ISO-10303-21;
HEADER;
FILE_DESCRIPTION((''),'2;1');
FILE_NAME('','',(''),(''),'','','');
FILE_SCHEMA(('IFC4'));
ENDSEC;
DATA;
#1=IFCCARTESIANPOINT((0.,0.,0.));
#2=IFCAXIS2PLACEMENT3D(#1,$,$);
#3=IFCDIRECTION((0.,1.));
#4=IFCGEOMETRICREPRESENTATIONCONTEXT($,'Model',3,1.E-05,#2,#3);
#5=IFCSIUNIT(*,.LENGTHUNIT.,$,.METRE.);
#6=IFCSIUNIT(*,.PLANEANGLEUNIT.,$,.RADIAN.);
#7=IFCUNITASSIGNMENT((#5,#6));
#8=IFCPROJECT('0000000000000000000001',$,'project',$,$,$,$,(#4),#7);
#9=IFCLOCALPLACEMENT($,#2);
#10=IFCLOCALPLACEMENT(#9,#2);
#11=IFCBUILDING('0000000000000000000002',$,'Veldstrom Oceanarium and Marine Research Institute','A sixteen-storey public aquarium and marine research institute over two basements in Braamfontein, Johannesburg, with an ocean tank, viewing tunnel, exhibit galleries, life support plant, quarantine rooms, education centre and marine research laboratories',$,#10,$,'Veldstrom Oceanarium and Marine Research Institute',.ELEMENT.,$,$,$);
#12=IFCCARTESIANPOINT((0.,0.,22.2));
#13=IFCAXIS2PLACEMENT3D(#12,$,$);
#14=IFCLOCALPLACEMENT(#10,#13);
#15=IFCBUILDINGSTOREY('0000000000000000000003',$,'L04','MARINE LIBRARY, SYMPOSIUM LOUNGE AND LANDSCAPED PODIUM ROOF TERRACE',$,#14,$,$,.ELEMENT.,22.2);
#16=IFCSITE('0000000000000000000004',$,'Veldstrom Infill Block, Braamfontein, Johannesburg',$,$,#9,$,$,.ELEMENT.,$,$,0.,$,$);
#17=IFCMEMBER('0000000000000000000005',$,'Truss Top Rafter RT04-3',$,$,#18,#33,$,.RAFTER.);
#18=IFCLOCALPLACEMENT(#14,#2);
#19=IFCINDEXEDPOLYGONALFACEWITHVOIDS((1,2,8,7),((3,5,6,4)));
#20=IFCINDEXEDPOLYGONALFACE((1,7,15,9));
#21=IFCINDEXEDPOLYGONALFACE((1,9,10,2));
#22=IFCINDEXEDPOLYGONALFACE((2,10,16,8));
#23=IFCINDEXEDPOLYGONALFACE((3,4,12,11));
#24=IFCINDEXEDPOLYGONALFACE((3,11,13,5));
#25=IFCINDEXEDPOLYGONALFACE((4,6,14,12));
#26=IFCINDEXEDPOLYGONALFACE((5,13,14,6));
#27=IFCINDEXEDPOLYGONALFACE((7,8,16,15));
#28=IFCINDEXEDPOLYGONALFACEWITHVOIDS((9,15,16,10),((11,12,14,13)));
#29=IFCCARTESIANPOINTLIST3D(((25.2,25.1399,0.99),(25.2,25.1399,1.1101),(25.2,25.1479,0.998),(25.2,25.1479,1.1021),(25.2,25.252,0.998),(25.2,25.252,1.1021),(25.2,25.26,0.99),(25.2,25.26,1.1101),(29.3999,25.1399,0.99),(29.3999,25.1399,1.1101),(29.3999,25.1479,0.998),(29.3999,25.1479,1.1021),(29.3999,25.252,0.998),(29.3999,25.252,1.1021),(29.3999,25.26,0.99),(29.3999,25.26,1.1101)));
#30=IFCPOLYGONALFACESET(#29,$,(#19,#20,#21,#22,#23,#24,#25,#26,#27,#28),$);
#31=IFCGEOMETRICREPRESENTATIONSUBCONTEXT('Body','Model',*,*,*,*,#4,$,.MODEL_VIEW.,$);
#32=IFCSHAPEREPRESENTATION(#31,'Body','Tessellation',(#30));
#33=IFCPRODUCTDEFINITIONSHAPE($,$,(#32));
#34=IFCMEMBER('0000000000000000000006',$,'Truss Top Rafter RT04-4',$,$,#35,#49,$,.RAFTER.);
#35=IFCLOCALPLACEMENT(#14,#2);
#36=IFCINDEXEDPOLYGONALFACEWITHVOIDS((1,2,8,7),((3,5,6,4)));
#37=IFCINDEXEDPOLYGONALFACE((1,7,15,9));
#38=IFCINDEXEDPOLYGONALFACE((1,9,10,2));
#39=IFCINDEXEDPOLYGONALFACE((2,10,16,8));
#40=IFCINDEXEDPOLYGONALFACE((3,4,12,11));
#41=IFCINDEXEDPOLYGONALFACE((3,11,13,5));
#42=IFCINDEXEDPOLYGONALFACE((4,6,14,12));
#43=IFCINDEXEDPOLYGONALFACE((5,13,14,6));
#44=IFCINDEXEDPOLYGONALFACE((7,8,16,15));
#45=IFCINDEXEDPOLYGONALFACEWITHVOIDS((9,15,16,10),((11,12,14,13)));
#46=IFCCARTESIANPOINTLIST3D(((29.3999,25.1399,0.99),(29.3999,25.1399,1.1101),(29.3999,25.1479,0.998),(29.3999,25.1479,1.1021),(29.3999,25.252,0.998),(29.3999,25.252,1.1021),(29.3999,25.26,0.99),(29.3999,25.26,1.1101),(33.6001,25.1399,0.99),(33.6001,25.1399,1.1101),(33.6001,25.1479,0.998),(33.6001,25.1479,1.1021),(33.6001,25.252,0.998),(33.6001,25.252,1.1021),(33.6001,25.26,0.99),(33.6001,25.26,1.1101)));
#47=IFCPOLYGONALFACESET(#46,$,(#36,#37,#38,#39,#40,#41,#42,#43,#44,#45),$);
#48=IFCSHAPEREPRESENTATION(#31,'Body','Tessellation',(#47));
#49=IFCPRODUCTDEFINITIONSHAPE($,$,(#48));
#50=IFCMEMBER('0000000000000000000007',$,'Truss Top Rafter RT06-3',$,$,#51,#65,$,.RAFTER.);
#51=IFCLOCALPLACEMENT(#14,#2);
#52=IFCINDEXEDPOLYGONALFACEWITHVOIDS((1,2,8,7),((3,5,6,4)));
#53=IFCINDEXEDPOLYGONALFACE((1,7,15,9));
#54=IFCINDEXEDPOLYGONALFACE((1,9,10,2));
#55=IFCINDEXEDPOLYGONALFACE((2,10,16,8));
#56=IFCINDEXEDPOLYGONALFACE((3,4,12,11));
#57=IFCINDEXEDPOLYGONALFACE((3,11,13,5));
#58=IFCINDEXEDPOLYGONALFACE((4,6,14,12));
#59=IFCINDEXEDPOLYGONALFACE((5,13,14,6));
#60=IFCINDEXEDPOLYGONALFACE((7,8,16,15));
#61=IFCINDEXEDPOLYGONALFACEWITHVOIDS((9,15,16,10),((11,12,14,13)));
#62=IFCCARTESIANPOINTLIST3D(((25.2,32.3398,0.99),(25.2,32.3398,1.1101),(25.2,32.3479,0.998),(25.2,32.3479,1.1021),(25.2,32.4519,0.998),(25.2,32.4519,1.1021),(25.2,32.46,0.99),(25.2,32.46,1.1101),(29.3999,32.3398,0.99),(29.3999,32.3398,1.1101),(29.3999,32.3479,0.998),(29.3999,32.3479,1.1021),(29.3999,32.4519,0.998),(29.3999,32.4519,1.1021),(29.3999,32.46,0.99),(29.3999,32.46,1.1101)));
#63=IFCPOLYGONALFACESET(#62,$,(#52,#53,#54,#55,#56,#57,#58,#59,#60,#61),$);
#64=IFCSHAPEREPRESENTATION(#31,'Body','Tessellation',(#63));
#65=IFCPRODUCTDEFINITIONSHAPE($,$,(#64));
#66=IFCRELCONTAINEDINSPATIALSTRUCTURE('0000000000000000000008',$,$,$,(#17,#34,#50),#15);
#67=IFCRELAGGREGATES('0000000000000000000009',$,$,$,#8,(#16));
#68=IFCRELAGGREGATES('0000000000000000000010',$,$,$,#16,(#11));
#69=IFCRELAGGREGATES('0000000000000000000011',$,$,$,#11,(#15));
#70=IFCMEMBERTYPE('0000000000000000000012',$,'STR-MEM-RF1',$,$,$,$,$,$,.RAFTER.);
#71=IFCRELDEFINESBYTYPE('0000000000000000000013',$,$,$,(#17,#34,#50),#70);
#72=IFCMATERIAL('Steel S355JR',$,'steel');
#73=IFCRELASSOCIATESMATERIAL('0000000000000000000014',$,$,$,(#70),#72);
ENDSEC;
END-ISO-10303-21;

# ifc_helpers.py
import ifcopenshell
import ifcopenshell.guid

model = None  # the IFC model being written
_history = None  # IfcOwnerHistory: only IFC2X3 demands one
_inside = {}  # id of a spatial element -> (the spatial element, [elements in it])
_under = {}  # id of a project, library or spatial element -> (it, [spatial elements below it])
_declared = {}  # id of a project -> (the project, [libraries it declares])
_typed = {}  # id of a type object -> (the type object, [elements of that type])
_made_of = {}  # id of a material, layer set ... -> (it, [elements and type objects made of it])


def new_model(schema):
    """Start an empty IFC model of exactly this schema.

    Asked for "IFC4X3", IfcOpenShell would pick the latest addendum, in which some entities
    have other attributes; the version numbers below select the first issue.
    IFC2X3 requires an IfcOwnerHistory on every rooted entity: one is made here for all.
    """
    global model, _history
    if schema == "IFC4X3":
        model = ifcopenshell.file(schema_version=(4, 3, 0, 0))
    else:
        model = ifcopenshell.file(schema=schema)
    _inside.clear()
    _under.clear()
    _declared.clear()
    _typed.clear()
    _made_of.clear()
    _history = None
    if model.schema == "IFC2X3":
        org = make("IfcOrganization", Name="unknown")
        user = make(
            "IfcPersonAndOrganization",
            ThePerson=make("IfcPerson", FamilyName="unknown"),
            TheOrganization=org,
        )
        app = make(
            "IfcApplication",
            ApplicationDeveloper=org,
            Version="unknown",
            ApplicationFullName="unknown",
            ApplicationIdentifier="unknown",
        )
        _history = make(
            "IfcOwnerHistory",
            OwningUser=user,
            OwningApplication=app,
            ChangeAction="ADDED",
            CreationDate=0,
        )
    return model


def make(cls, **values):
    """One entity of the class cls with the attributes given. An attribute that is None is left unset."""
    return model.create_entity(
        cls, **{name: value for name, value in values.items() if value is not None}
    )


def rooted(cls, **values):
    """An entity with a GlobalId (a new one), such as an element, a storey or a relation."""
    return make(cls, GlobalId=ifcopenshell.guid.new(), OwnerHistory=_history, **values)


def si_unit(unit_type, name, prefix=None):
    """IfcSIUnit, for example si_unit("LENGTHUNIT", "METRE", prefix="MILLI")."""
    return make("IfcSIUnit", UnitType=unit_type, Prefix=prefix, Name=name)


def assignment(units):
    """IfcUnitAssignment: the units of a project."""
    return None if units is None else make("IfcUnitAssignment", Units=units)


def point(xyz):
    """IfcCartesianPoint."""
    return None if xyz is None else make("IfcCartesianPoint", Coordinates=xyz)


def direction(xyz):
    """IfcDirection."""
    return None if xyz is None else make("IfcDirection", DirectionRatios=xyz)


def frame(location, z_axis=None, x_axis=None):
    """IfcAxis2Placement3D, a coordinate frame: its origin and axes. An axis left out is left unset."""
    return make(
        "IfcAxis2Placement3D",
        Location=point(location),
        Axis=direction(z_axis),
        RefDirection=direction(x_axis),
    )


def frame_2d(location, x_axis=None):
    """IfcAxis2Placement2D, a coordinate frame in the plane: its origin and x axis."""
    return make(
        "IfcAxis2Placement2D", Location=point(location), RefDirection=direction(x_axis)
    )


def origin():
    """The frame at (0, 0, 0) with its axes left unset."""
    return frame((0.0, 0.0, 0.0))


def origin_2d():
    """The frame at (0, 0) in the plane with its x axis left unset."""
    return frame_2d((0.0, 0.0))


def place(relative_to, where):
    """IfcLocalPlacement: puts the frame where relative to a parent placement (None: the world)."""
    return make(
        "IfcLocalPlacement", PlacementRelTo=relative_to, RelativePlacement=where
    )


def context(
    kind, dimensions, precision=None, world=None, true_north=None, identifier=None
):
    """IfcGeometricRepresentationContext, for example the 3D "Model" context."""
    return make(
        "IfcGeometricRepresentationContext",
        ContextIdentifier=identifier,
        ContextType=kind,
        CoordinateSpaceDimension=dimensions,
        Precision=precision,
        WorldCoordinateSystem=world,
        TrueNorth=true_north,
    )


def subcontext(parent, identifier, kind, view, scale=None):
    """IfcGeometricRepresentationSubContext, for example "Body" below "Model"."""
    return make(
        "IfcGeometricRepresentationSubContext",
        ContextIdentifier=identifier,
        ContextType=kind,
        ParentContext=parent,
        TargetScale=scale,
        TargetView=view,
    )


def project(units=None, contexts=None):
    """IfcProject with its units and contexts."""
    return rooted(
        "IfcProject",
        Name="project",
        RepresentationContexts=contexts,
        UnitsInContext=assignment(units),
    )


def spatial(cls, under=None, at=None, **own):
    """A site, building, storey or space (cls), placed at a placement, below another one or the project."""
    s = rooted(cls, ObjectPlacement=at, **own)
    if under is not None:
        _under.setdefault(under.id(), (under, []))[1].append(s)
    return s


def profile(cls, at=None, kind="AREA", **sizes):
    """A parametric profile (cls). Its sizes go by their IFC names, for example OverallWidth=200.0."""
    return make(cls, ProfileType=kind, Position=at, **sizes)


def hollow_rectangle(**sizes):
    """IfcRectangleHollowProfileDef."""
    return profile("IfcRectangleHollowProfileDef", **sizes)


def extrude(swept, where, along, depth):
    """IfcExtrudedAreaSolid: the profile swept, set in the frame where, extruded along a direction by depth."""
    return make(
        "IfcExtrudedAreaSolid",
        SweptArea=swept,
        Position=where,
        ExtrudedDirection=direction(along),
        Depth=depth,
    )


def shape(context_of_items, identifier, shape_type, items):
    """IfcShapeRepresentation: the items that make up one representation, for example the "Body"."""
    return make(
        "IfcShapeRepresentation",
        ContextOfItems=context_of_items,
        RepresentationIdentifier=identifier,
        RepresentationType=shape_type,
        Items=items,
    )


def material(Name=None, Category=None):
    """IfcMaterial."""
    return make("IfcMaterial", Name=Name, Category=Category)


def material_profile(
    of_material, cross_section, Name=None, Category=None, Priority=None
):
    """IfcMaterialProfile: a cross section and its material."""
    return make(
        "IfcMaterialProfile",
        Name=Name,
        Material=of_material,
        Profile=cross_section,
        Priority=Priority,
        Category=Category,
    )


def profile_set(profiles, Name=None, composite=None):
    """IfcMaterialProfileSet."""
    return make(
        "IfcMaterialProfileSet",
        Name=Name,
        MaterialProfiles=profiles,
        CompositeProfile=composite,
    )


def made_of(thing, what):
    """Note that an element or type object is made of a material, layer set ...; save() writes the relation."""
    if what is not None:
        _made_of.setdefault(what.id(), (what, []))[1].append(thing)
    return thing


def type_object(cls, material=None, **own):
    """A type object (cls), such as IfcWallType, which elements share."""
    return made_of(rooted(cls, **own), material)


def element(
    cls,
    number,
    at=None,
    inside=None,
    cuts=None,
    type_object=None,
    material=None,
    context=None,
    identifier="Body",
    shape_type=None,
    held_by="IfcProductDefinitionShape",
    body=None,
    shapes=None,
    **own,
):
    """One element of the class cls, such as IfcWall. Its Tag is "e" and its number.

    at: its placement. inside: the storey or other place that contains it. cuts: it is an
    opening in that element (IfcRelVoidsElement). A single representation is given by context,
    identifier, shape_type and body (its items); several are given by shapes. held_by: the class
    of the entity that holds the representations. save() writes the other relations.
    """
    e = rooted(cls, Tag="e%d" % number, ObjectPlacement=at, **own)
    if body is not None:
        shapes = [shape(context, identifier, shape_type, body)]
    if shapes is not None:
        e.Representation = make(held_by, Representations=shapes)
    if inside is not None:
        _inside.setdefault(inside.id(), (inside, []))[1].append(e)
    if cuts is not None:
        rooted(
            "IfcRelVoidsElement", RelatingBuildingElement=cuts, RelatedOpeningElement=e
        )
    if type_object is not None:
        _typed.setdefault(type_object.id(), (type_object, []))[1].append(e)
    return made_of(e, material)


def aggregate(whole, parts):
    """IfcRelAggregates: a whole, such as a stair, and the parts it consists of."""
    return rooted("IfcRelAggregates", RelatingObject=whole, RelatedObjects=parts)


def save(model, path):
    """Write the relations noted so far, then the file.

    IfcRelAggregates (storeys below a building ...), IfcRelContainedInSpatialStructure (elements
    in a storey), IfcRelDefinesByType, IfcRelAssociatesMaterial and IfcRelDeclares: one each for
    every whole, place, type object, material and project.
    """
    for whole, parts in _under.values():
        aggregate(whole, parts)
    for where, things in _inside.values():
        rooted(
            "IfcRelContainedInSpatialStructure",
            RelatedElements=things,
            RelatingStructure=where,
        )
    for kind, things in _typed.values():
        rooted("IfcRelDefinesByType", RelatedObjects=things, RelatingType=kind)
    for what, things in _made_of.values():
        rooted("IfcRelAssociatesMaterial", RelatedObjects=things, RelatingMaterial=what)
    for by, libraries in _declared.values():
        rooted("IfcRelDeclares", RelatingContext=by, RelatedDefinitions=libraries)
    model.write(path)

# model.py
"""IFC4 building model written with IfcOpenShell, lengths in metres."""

from ifc_helpers import new_model, si_unit, direction, frame, origin, origin_2d, place, context, subcontext, project, spatial, hollow_rectangle, extrude, material, material_profile, profile_set, type_object, element, save


model = new_model("IFC4")

# Units and contexts
model_context = context("Model", 3, precision=1e-05, world=origin(), true_north=direction((0.0, 1.0)))
body_context = subcontext(model_context, "Body", "Model", "MODEL_VIEW")
ifc_project = project(units=[si_unit("LENGTHUNIT", "METRE"), si_unit("PLANEANGLEUNIT", "RADIAN")], contexts=[model_context])

# Site, building, storey
site_placement = place(None, origin())
site = spatial("IfcSite", under=ifc_project, at=site_placement, Name="Veldstrom Infill Block, Braamfontein, Johannesburg", CompositionType="ELEMENT", RefElevation=0.0)
building_placement = place(site_placement, origin())
building = spatial("IfcBuilding", under=site, at=building_placement, Name="Veldstrom Oceanarium and Marine Research Institute", Description="A sixteen-storey public aquarium and marine research institute over two basements in Braamfontein, Johannesburg, with an ocean tank, viewing tunnel, exhibit galleries, life support plant, quarantine rooms, education centre and marine research laboratories", LongName="Veldstrom Oceanarium and Marine Research Institute", CompositionType="ELEMENT")
storey_placement = place(building_placement, frame((0.0, 0.0, 22.2)))
storey = spatial("IfcBuildingStorey", under=building, at=storey_placement, Name="L04", Description="MARINE LIBRARY, SYMPOSIUM LOUNGE AND LANDSCAPED PODIUM ROOF TERRACE", CompositionType="ELEMENT", Elevation=22.2)

# Members
ifc_material_1 = material(Name="Steel S355JR", Category="steel")
ifc_material_profile_1 = material_profile(ifc_material_1, hollow_rectangle(XDim=0.1201, YDim=0.1201, WallThickness=0.0081, at=origin_2d()), Name="SHS 120x120x8")
ifc_profile_set_1 = profile_set([ifc_material_profile_1], Name="Steel S355JR")
member_type_1 = type_object("IfcMemberType", Name="STR-MEM-RF1", PredefinedType="RAFTER", material=ifc_profile_set_1)
member_1_placement = place(storey_placement, frame((25.2, 25.2, 1.05), z_axis=(1.0, 0.0, 0.0), x_axis=(0.0, 1.0, 0.0)))
element("IfcMember", 1, at=member_1_placement, inside=storey, type_object=member_type_1, Name="Truss Top Rafter RT04-3", PredefinedType="RAFTER", context=body_context, shape_type="SweptSolid", body=[
    extrude(hollow_rectangle(XDim=0.1201, YDim=0.1201, WallThickness=0.0081, at=origin_2d()), origin(), (0.0, 0.0, 1.0), 4.2),
])
member_2_placement = place(storey_placement, frame((29.3999, 25.2, 1.05), z_axis=(1.0, 0.0, 0.0), x_axis=(0.0, 1.0, 0.0)))
element("IfcMember", 2, at=member_2_placement, inside=storey, type_object=member_type_1, Name="Truss Top Rafter RT04-4", PredefinedType="RAFTER", context=body_context, shape_type="SweptSolid", body=[
    extrude(hollow_rectangle(XDim=0.1201, YDim=0.1201, WallThickness=0.0081, at=origin_2d()), origin(), (0.0, 0.0, 1.0), 4.2002),
])
member_3_placement = place(storey_placement, frame((25.2, 32.3999, 1.05), z_axis=(1.0, 0.0, 0.0), x_axis=(0.0, 1.0, 0.0)))
element("IfcMember", 3, at=member_3_placement, inside=storey, type_object=member_type_1, Name="Truss Top Rafter RT06-3", PredefinedType="RAFTER", context=body_context, shape_type="SweptSolid", body=[
    extrude(hollow_rectangle(XDim=0.1201, YDim=0.1201, WallThickness=0.0081, at=origin_2d()), origin(), (0.0, 0.0, 1.0), 4.2),
])

save(model, "model.ifc")
